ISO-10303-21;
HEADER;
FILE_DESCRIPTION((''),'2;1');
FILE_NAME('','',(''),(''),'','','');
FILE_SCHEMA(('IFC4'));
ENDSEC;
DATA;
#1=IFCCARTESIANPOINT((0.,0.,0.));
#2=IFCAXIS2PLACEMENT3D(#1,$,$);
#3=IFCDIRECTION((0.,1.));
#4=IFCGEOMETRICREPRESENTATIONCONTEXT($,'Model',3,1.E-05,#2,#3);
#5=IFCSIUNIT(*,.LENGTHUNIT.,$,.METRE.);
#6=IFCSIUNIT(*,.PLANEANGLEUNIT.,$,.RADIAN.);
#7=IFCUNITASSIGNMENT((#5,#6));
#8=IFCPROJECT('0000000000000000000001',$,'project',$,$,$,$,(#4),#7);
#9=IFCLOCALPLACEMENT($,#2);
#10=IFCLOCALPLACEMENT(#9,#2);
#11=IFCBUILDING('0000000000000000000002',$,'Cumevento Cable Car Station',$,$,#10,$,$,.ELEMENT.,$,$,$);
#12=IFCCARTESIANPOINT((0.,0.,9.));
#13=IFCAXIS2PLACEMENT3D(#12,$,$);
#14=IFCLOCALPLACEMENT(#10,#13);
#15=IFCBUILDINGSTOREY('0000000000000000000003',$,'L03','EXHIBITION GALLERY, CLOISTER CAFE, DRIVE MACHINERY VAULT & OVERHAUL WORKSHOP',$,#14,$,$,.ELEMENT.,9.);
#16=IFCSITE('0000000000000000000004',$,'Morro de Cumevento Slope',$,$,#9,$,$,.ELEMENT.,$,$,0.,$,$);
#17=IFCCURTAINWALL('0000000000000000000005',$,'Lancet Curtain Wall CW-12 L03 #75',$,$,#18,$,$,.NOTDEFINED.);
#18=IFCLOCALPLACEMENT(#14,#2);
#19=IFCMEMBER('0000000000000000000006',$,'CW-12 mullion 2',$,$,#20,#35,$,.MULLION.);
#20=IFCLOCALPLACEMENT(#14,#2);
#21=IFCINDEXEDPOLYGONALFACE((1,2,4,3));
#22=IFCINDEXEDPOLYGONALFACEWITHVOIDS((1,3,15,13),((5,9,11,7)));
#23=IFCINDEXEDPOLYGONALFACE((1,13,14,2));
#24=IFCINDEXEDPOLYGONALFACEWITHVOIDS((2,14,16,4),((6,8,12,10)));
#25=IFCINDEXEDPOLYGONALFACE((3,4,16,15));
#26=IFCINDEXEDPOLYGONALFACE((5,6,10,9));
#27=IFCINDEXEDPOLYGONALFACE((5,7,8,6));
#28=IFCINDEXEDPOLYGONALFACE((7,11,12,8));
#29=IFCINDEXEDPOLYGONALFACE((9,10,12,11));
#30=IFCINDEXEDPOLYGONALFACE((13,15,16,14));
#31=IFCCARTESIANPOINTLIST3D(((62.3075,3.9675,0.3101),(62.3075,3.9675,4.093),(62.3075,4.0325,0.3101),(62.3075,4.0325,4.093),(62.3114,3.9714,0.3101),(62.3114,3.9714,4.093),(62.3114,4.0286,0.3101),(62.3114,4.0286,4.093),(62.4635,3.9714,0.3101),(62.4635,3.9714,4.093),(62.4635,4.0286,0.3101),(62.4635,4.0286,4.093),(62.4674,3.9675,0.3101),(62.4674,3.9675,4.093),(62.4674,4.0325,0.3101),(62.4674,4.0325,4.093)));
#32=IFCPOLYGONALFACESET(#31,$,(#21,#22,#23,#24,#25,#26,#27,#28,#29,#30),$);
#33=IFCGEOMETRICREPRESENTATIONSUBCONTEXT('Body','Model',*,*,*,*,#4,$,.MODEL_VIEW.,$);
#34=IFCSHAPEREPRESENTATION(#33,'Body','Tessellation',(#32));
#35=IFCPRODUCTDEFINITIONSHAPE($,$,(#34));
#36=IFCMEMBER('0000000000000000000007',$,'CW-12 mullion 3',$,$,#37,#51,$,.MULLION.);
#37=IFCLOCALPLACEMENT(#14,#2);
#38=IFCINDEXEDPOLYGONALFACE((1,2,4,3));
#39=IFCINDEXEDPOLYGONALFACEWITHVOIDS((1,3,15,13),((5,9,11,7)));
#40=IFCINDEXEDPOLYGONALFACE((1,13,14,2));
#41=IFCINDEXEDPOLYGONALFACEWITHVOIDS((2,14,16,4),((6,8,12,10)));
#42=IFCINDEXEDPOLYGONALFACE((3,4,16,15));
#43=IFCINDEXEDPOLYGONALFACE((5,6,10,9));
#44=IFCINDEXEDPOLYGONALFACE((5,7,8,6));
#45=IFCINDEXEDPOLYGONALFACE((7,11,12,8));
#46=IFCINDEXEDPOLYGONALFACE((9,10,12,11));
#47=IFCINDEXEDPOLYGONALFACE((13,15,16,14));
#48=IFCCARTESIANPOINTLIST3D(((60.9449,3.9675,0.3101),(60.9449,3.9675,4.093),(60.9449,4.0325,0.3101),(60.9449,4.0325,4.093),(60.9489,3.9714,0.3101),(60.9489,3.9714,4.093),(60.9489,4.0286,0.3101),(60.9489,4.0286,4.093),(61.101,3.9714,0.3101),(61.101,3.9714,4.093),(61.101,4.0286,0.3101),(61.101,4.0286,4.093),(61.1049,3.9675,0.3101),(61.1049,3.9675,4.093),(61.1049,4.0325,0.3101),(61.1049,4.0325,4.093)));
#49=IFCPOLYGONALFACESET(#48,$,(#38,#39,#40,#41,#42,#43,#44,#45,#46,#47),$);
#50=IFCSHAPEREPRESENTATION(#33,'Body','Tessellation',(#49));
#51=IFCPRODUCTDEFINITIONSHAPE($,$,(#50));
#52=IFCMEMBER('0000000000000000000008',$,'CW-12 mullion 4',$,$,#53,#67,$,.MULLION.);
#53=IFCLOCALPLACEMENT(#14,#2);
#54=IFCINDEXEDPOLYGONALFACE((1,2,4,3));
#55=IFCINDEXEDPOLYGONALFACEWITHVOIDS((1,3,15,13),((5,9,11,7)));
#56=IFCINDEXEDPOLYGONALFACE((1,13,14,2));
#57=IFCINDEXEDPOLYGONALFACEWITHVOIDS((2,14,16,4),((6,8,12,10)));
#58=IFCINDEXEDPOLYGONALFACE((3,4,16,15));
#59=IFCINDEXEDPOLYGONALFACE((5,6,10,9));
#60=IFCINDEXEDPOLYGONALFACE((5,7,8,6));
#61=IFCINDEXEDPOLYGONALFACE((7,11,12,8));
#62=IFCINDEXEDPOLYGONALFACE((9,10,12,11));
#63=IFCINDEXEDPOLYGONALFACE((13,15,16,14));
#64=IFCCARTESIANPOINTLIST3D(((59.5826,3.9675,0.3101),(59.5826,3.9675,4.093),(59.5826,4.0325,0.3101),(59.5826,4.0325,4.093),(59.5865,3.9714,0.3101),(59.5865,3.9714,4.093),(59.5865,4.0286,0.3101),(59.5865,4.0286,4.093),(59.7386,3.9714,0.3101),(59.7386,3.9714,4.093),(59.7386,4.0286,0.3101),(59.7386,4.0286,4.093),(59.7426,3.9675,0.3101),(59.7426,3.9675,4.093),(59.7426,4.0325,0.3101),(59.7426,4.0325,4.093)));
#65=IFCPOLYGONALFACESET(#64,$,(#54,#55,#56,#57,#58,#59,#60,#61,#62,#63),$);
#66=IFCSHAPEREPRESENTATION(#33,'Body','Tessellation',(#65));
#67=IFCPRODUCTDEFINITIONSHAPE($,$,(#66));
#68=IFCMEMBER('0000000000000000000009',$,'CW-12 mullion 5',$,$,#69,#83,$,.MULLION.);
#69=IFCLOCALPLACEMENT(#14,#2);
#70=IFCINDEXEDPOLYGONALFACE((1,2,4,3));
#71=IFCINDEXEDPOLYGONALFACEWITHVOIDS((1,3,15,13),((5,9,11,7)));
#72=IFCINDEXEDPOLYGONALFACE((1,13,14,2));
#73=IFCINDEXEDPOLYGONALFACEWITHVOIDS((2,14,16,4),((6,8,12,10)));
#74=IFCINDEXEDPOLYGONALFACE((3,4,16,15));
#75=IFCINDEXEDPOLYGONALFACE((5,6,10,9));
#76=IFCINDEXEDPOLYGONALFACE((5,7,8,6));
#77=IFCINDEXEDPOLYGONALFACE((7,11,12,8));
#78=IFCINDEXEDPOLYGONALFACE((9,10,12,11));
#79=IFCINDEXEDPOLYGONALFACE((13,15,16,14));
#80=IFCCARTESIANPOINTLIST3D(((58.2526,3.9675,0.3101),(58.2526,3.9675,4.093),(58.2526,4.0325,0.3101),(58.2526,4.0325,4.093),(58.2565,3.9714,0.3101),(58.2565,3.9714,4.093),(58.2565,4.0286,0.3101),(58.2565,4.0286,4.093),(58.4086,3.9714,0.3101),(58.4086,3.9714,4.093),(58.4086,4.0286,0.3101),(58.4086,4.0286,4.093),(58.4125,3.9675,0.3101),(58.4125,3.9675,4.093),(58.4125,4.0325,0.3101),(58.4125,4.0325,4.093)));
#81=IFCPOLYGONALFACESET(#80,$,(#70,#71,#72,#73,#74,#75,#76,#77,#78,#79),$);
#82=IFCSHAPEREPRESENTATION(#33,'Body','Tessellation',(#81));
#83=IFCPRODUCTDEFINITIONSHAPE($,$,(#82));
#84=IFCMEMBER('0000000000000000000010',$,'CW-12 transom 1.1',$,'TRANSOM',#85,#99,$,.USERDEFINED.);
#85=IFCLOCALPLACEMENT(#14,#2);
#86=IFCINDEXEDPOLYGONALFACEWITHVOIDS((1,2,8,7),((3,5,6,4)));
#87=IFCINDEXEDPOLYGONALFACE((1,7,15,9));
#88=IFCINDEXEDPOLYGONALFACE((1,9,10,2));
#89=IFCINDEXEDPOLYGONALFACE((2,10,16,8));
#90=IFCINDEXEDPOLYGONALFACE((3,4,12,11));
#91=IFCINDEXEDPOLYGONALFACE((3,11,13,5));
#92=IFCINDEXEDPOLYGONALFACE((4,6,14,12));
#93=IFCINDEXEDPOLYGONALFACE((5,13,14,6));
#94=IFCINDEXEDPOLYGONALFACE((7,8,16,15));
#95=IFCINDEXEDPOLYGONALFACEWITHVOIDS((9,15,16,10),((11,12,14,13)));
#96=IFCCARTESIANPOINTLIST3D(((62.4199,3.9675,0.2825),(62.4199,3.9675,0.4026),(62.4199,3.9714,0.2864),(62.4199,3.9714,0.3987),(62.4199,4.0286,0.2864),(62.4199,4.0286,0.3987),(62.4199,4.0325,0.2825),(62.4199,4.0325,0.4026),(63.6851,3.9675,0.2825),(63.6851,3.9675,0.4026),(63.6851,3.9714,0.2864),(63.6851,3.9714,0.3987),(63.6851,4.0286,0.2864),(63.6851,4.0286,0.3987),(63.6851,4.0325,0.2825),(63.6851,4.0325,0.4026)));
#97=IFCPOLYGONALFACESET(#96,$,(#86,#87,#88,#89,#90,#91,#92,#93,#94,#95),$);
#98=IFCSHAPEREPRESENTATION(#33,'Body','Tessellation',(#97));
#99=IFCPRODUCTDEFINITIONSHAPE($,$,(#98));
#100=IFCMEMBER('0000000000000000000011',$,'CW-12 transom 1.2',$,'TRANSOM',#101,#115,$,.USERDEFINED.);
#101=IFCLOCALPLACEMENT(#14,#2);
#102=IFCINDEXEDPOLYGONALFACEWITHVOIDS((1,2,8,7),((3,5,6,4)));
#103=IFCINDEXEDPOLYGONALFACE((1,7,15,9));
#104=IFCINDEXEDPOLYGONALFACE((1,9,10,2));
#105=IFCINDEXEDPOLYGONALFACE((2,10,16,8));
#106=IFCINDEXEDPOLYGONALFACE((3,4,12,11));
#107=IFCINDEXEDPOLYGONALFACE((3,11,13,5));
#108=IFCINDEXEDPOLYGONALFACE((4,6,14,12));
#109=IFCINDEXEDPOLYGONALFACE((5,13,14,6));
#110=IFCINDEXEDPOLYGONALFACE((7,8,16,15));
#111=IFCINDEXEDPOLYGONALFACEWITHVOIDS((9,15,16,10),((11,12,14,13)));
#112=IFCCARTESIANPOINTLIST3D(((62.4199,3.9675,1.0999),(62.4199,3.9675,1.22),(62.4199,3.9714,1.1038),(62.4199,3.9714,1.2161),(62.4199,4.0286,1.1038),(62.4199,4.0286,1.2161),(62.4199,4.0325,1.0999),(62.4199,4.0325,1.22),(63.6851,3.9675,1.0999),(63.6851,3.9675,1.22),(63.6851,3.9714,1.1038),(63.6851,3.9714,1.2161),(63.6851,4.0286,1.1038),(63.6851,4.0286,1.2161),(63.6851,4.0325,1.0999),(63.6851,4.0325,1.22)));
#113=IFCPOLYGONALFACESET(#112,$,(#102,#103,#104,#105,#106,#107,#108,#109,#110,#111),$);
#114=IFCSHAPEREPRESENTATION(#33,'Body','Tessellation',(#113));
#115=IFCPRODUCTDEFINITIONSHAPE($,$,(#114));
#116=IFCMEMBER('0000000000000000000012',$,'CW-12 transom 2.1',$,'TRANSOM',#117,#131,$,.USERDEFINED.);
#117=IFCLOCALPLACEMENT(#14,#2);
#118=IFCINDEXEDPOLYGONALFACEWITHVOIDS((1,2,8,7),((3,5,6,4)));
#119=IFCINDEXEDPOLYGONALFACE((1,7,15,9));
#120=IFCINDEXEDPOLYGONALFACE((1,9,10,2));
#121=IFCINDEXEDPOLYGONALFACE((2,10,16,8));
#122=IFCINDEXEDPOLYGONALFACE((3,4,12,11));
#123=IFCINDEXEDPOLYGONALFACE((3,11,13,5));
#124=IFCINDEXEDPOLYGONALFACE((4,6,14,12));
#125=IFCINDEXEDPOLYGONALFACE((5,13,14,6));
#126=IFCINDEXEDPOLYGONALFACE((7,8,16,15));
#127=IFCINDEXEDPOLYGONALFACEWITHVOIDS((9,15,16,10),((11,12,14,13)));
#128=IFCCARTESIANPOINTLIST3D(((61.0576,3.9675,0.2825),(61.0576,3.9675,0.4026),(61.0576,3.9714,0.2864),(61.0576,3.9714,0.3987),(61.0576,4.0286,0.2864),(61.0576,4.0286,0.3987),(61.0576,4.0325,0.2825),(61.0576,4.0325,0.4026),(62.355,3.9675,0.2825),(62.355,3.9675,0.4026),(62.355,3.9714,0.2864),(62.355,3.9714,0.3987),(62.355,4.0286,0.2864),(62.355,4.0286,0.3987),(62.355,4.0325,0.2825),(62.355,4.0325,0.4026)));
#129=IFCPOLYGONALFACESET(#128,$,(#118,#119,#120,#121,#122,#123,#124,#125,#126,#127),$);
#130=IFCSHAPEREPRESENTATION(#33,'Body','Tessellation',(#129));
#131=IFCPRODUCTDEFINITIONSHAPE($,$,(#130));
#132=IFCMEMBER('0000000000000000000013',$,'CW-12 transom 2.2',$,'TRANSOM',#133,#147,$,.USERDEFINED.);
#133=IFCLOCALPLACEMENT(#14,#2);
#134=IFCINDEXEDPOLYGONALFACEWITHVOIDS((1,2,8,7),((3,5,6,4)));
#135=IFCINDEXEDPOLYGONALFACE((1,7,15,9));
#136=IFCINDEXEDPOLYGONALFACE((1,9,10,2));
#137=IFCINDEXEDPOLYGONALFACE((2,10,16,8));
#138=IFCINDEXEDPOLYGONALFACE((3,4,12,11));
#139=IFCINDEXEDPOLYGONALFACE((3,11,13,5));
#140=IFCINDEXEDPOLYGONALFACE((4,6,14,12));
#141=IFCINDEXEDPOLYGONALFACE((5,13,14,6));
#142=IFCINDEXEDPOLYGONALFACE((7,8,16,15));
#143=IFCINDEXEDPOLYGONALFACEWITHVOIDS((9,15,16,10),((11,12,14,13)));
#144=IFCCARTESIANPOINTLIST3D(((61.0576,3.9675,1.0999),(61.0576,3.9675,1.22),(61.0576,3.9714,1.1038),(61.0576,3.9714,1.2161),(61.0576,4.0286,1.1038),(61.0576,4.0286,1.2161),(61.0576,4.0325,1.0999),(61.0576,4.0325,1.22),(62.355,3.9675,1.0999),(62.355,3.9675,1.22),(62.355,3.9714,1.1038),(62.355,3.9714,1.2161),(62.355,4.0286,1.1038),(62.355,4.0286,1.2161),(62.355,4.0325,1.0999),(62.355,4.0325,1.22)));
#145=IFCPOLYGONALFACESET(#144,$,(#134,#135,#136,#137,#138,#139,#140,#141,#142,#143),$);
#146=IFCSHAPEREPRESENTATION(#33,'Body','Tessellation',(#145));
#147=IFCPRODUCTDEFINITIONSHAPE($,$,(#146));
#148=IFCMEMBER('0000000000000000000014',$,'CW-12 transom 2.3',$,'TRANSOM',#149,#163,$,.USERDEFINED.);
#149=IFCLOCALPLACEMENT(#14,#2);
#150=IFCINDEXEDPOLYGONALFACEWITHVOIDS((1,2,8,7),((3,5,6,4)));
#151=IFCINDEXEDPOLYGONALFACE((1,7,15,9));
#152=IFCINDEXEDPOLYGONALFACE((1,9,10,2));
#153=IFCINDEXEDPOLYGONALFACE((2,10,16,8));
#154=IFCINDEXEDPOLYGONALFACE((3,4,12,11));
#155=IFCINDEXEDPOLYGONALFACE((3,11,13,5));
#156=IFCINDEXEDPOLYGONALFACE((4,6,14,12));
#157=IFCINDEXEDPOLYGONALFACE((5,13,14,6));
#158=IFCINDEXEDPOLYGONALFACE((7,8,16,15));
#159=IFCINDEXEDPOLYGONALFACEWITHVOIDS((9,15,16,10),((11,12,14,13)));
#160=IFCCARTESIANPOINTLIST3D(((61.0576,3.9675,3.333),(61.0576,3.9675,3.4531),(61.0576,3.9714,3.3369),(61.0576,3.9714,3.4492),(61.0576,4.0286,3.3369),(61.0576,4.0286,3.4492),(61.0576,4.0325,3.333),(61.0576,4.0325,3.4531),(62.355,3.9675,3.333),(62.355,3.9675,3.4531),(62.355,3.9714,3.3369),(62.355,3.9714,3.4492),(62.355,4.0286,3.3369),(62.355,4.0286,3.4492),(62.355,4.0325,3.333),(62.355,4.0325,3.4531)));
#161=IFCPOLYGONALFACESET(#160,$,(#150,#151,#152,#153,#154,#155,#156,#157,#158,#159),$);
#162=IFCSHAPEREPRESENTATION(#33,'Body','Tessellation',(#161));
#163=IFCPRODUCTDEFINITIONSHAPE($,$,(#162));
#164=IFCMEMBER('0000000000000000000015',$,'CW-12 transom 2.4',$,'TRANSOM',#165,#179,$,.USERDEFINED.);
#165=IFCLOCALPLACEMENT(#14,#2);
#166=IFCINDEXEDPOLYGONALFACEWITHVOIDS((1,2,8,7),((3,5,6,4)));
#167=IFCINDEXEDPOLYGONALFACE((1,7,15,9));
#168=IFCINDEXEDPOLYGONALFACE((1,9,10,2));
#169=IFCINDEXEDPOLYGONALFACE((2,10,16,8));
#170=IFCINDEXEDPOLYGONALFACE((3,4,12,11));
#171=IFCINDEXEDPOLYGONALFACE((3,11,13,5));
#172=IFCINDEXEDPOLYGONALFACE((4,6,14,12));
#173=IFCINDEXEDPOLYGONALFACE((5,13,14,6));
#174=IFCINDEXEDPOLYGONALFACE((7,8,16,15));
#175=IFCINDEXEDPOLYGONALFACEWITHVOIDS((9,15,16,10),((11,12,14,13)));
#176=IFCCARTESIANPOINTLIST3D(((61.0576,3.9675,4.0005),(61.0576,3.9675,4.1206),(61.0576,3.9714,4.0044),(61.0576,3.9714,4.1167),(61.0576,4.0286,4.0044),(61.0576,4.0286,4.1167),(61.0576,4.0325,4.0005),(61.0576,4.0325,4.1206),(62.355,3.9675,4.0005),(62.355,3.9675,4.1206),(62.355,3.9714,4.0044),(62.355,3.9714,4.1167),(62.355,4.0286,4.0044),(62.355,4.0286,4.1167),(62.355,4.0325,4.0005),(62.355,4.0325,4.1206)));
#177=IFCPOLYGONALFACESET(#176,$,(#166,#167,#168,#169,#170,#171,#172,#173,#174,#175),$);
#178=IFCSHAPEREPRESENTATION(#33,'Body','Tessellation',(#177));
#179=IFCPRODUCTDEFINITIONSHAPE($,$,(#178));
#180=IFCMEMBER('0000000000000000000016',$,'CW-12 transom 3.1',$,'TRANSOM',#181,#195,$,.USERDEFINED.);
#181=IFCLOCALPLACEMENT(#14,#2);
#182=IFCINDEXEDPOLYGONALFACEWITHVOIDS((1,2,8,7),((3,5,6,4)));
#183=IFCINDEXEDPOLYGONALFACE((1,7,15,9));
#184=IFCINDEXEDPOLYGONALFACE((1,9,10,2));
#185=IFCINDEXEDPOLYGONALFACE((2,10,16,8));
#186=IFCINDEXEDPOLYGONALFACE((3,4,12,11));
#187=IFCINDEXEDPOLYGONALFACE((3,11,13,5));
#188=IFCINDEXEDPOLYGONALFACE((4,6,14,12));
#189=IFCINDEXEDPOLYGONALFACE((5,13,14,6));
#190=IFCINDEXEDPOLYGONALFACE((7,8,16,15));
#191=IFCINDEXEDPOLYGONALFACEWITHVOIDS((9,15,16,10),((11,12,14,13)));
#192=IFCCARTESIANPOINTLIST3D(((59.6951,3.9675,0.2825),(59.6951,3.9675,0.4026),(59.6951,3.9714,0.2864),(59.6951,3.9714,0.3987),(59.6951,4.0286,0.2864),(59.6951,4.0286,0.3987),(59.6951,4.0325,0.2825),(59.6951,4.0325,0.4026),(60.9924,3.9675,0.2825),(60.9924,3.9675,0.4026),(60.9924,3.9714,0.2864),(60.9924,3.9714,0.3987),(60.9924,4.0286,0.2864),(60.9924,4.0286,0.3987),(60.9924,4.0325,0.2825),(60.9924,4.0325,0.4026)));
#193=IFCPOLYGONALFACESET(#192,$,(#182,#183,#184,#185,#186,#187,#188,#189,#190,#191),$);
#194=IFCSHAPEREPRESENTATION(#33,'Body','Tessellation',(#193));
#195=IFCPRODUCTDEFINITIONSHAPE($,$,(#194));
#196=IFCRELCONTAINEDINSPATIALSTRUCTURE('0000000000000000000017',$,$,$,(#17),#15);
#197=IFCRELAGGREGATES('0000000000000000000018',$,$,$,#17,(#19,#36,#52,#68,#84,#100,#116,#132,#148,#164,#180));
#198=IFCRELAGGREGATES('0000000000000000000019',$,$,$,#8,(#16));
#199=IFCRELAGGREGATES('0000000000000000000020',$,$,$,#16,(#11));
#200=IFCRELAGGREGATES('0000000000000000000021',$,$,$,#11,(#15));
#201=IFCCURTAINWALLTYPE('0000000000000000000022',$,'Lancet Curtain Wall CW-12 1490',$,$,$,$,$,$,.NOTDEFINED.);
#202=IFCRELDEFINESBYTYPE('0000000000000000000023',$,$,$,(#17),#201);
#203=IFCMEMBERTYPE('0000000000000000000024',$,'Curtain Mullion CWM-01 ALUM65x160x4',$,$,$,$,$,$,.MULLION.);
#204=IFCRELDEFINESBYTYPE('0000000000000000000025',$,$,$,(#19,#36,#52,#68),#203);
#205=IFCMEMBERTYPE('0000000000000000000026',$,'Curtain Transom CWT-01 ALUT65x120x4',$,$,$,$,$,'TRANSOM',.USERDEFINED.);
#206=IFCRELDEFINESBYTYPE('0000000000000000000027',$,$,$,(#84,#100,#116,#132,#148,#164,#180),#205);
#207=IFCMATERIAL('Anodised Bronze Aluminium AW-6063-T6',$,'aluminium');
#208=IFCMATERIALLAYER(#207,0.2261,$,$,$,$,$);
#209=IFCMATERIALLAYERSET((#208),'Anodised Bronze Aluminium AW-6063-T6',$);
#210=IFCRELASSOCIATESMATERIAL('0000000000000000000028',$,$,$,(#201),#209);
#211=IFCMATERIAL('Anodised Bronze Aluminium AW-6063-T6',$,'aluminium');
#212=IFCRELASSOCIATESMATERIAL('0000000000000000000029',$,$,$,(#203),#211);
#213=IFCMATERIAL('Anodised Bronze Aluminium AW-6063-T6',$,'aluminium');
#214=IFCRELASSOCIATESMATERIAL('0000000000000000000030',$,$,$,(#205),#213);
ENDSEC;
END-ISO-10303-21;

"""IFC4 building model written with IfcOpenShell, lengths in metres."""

from ifc_helpers import new_model, si_unit, direction, frame, origin, origin_2d, place, context, subcontext, project, spatial, hollow_rectangle, extrude, material, layer, layer_set, material_profile, profile_set, type_object, element, aggregate, save


model = new_model("IFC4")

# Units and contexts
model_context = context("Model", 3, precision=1e-05, world=origin(), true_north=direction((0.0, 1.0)))
body_context = subcontext(model_context, "Body", "Model", "MODEL_VIEW")
ifc_project = project(units=[si_unit("LENGTHUNIT", "METRE"), si_unit("PLANEANGLEUNIT", "RADIAN")], contexts=[model_context])

# Site, building, storey
site_placement = place(None, origin())
site = spatial("IfcSite", under=ifc_project, at=site_placement, Name="Morro de Cumevento Slope", CompositionType="ELEMENT", RefElevation=0.0)
building_placement = place(site_placement, origin())
building = spatial("IfcBuilding", under=site, at=building_placement, Name="Cumevento Cable Car Station", CompositionType="ELEMENT")
storey_placement = place(building_placement, frame((0.0, 0.0, 9.0)))
storey = spatial("IfcBuildingStorey", under=building, at=storey_placement, Name="L03", Description="EXHIBITION GALLERY, CLOISTER CAFE, DRIVE MACHINERY VAULT & OVERHAUL WORKSHOP", CompositionType="ELEMENT", Elevation=9.0)

# Curtain wall, members
ifc_material_1 = material(Name="Anodised Bronze Aluminium AW-6063-T6", Category="aluminium")
ifc_layer_1 = layer(ifc_material_1, 0.2261)
ifc_layer_set_1 = layer_set([ifc_layer_1], Name="Anodised Bronze Aluminium AW-6063-T6")
curtain_wall_type = type_object("IfcCurtainWallType", Name="Lancet Curtain Wall CW-12 1490", PredefinedType="NOTDEFINED", material=ifc_layer_set_1)
curtain_wall_placement = place(storey_placement, origin())
curtain_wall = element("IfcCurtainWall", 1, at=curtain_wall_placement, inside=storey, type_object=curtain_wall_type, Name="Lancet Curtain Wall CW-12 L03 #75", PredefinedType="NOTDEFINED")
ifc_material_2 = material(Name="Anodised Bronze Aluminium AW-6063-T6", Category="aluminium")
ifc_material_profile_1 = material_profile(ifc_material_2, hollow_rectangle(XDim=0.0649, YDim=0.1599, WallThickness=0.0039, at=origin_2d()), Name="ALUM65x160x4")
ifc_profile_set_1 = profile_set([ifc_material_profile_1], Name="Anodised Bronze Aluminium AW-6063-T6")
member_type_1 = type_object("IfcMemberType", Name="Curtain Mullion CWM-01 ALUM65x160x4", PredefinedType="MULLION", material=ifc_profile_set_1)
member_1_placement = place(storey_placement, frame((62.3875, 4.0, 0.3101), z_axis=(0.0, 0.0, 1.0), x_axis=(0.0, -1.0, 0.0)))
member_1 = element("IfcMember", 2, at=member_1_placement, type_object=member_type_1, Name="CW-12 mullion 2", PredefinedType="MULLION", context=body_context, shape_type="SweptSolid", body=[
    extrude(hollow_rectangle(XDim=0.0649, YDim=0.1599, WallThickness=0.0039, at=origin_2d()), origin(), (0.0, 0.0, 1.0), 3.783),
])
member_2_placement = place(storey_placement, frame((61.0249, 4.0, 0.3101), z_axis=(0.0, 0.0, 1.0), x_axis=(0.0, -1.0, 0.0)))
member_2 = element("IfcMember", 3, at=member_2_placement, type_object=member_type_1, Name="CW-12 mullion 3", PredefinedType="MULLION", context=body_context, shape_type="SweptSolid", body=[
    extrude(hollow_rectangle(XDim=0.0649, YDim=0.1599, WallThickness=0.0039, at=origin_2d()), origin(), (0.0, 0.0, 1.0), 3.783),
])
member_3_placement = place(storey_placement, frame((59.6626, 4.0, 0.3101), z_axis=(0.0, 0.0, 1.0), x_axis=(0.0, -1.0, 0.0)))
member_3 = element("IfcMember", 4, at=member_3_placement, type_object=member_type_1, Name="CW-12 mullion 4", PredefinedType="MULLION", context=body_context, shape_type="SweptSolid", body=[
    extrude(hollow_rectangle(XDim=0.0649, YDim=0.1599, WallThickness=0.0039, at=origin_2d()), origin(), (0.0, 0.0, 1.0), 3.783),
])
member_4_placement = place(storey_placement, frame((58.3325, 4.0, 0.3101), z_axis=(0.0, 0.0, 1.0), x_axis=(0.0, -1.0, 0.0)))
member_4 = element("IfcMember", 5, at=member_4_placement, type_object=member_type_1, Name="CW-12 mullion 5", PredefinedType="MULLION", context=body_context, shape_type="SweptSolid", body=[
    extrude(hollow_rectangle(XDim=0.0649, YDim=0.1599, WallThickness=0.0039, at=origin_2d()), origin(), (0.0, 0.0, 1.0), 3.783),
])
ifc_material_3 = material(Name="Anodised Bronze Aluminium AW-6063-T6", Category="aluminium")
ifc_material_profile_2 = material_profile(ifc_material_3, hollow_rectangle(XDim=0.0649, YDim=0.1201, WallThickness=0.0039, at=origin_2d()), Name="ALUT65x120x4")
ifc_profile_set_2 = profile_set([ifc_material_profile_2], Name="Anodised Bronze Aluminium AW-6063-T6")
member_type_2 = type_object("IfcMemberType", Name="Curtain Transom CWT-01 ALUT65x120x4", ElementType="TRANSOM", PredefinedType="USERDEFINED", material=ifc_profile_set_2)
member_5_placement = place(storey_placement, frame((63.6851, 4.0, 0.3425), z_axis=(-1.0, 0.0, 0.0), x_axis=(0.0, -1.0, 0.0)))
member_5 = element("IfcMember", 6, at=member_5_placement, type_object=member_type_2, Name="CW-12 transom 1.1", ObjectType="TRANSOM", PredefinedType="USERDEFINED", context=body_context, shape_type="SweptSolid", body=[
    extrude(hollow_rectangle(XDim=0.0649, YDim=0.1201, WallThickness=0.0039, at=origin_2d()), origin(), (0.0, 0.0, 1.0), 1.2651),
])
member_6_placement = place(storey_placement, frame((63.6851, 4.0, 1.1599), z_axis=(-1.0, 0.0, 0.0), x_axis=(0.0, -1.0, 0.0)))
member_6 = element("IfcMember", 7, at=member_6_placement, type_object=member_type_2, Name="CW-12 transom 1.2", ObjectType="TRANSOM", PredefinedType="USERDEFINED", context=body_context, shape_type="SweptSolid", body=[
    extrude(hollow_rectangle(XDim=0.0649, YDim=0.1201, WallThickness=0.0039, at=origin_2d()), origin(), (0.0, 0.0, 1.0), 1.2651),
])
member_7_placement = place(storey_placement, frame((62.355, 4.0, 0.3425), z_axis=(-1.0, 0.0, 0.0), x_axis=(0.0, -1.0, 0.0)))
member_7 = element("IfcMember", 8, at=member_7_placement, type_object=member_type_2, Name="CW-12 transom 2.1", ObjectType="TRANSOM", PredefinedType="USERDEFINED", context=body_context, shape_type="SweptSolid", body=[
    extrude(hollow_rectangle(XDim=0.0649, YDim=0.1201, WallThickness=0.0039, at=origin_2d()), origin(), (0.0, 0.0, 1.0), 1.2974),
])
member_8_placement = place(storey_placement, frame((62.355, 4.0, 1.1599), z_axis=(-1.0, 0.0, 0.0), x_axis=(0.0, -1.0, 0.0)))
member_8 = element("IfcMember", 9, at=member_8_placement, type_object=member_type_2, Name="CW-12 transom 2.2", ObjectType="TRANSOM", PredefinedType="USERDEFINED", context=body_context, shape_type="SweptSolid", body=[
    extrude(hollow_rectangle(XDim=0.0649, YDim=0.1201, WallThickness=0.0039, at=origin_2d()), origin(), (0.0, 0.0, 1.0), 1.2974),
])
member_9_placement = place(storey_placement, frame((62.355, 4.0, 3.3931), z_axis=(-1.0, 0.0, 0.0), x_axis=(0.0, -1.0, 0.0)))
member_9 = element("IfcMember", 10, at=member_9_placement, type_object=member_type_2, Name="CW-12 transom 2.3", ObjectType="TRANSOM", PredefinedType="USERDEFINED", context=body_context, shape_type="SweptSolid", body=[
    extrude(hollow_rectangle(XDim=0.0649, YDim=0.1201, WallThickness=0.0039, at=origin_2d()), origin(), (0.0, 0.0, 1.0), 1.2974),
])
member_10_placement = place(storey_placement, frame((62.355, 4.0, 4.0605), z_axis=(-1.0, 0.0, 0.0), x_axis=(0.0, -1.0, 0.0)))
member_10 = element("IfcMember", 11, at=member_10_placement, type_object=member_type_2, Name="CW-12 transom 2.4", ObjectType="TRANSOM", PredefinedType="USERDEFINED", context=body_context, shape_type="SweptSolid", body=[
    extrude(hollow_rectangle(XDim=0.0649, YDim=0.1201, WallThickness=0.0039, at=origin_2d()), origin(), (0.0, 0.0, 1.0), 1.2974),
])
member_11_placement = place(storey_placement, frame((60.9924, 4.0, 0.3425), z_axis=(-1.0, 0.0, 0.0), x_axis=(0.0, -1.0, 0.0)))
member_11 = element("IfcMember", 12, at=member_11_placement, type_object=member_type_2, Name="CW-12 transom 3.1", ObjectType="TRANSOM", PredefinedType="USERDEFINED", context=body_context, shape_type="SweptSolid", body=[
    extrude(hollow_rectangle(XDim=0.0649, YDim=0.1201, WallThickness=0.0039, at=origin_2d()), origin(), (0.0, 0.0, 1.0), 1.2974),
])

aggregate(curtain_wall, [member_1, member_2, member_3, member_4, member_5, member_6, member_7, member_8, member_9, member_10, member_11])

save(model, "model.ifc")
